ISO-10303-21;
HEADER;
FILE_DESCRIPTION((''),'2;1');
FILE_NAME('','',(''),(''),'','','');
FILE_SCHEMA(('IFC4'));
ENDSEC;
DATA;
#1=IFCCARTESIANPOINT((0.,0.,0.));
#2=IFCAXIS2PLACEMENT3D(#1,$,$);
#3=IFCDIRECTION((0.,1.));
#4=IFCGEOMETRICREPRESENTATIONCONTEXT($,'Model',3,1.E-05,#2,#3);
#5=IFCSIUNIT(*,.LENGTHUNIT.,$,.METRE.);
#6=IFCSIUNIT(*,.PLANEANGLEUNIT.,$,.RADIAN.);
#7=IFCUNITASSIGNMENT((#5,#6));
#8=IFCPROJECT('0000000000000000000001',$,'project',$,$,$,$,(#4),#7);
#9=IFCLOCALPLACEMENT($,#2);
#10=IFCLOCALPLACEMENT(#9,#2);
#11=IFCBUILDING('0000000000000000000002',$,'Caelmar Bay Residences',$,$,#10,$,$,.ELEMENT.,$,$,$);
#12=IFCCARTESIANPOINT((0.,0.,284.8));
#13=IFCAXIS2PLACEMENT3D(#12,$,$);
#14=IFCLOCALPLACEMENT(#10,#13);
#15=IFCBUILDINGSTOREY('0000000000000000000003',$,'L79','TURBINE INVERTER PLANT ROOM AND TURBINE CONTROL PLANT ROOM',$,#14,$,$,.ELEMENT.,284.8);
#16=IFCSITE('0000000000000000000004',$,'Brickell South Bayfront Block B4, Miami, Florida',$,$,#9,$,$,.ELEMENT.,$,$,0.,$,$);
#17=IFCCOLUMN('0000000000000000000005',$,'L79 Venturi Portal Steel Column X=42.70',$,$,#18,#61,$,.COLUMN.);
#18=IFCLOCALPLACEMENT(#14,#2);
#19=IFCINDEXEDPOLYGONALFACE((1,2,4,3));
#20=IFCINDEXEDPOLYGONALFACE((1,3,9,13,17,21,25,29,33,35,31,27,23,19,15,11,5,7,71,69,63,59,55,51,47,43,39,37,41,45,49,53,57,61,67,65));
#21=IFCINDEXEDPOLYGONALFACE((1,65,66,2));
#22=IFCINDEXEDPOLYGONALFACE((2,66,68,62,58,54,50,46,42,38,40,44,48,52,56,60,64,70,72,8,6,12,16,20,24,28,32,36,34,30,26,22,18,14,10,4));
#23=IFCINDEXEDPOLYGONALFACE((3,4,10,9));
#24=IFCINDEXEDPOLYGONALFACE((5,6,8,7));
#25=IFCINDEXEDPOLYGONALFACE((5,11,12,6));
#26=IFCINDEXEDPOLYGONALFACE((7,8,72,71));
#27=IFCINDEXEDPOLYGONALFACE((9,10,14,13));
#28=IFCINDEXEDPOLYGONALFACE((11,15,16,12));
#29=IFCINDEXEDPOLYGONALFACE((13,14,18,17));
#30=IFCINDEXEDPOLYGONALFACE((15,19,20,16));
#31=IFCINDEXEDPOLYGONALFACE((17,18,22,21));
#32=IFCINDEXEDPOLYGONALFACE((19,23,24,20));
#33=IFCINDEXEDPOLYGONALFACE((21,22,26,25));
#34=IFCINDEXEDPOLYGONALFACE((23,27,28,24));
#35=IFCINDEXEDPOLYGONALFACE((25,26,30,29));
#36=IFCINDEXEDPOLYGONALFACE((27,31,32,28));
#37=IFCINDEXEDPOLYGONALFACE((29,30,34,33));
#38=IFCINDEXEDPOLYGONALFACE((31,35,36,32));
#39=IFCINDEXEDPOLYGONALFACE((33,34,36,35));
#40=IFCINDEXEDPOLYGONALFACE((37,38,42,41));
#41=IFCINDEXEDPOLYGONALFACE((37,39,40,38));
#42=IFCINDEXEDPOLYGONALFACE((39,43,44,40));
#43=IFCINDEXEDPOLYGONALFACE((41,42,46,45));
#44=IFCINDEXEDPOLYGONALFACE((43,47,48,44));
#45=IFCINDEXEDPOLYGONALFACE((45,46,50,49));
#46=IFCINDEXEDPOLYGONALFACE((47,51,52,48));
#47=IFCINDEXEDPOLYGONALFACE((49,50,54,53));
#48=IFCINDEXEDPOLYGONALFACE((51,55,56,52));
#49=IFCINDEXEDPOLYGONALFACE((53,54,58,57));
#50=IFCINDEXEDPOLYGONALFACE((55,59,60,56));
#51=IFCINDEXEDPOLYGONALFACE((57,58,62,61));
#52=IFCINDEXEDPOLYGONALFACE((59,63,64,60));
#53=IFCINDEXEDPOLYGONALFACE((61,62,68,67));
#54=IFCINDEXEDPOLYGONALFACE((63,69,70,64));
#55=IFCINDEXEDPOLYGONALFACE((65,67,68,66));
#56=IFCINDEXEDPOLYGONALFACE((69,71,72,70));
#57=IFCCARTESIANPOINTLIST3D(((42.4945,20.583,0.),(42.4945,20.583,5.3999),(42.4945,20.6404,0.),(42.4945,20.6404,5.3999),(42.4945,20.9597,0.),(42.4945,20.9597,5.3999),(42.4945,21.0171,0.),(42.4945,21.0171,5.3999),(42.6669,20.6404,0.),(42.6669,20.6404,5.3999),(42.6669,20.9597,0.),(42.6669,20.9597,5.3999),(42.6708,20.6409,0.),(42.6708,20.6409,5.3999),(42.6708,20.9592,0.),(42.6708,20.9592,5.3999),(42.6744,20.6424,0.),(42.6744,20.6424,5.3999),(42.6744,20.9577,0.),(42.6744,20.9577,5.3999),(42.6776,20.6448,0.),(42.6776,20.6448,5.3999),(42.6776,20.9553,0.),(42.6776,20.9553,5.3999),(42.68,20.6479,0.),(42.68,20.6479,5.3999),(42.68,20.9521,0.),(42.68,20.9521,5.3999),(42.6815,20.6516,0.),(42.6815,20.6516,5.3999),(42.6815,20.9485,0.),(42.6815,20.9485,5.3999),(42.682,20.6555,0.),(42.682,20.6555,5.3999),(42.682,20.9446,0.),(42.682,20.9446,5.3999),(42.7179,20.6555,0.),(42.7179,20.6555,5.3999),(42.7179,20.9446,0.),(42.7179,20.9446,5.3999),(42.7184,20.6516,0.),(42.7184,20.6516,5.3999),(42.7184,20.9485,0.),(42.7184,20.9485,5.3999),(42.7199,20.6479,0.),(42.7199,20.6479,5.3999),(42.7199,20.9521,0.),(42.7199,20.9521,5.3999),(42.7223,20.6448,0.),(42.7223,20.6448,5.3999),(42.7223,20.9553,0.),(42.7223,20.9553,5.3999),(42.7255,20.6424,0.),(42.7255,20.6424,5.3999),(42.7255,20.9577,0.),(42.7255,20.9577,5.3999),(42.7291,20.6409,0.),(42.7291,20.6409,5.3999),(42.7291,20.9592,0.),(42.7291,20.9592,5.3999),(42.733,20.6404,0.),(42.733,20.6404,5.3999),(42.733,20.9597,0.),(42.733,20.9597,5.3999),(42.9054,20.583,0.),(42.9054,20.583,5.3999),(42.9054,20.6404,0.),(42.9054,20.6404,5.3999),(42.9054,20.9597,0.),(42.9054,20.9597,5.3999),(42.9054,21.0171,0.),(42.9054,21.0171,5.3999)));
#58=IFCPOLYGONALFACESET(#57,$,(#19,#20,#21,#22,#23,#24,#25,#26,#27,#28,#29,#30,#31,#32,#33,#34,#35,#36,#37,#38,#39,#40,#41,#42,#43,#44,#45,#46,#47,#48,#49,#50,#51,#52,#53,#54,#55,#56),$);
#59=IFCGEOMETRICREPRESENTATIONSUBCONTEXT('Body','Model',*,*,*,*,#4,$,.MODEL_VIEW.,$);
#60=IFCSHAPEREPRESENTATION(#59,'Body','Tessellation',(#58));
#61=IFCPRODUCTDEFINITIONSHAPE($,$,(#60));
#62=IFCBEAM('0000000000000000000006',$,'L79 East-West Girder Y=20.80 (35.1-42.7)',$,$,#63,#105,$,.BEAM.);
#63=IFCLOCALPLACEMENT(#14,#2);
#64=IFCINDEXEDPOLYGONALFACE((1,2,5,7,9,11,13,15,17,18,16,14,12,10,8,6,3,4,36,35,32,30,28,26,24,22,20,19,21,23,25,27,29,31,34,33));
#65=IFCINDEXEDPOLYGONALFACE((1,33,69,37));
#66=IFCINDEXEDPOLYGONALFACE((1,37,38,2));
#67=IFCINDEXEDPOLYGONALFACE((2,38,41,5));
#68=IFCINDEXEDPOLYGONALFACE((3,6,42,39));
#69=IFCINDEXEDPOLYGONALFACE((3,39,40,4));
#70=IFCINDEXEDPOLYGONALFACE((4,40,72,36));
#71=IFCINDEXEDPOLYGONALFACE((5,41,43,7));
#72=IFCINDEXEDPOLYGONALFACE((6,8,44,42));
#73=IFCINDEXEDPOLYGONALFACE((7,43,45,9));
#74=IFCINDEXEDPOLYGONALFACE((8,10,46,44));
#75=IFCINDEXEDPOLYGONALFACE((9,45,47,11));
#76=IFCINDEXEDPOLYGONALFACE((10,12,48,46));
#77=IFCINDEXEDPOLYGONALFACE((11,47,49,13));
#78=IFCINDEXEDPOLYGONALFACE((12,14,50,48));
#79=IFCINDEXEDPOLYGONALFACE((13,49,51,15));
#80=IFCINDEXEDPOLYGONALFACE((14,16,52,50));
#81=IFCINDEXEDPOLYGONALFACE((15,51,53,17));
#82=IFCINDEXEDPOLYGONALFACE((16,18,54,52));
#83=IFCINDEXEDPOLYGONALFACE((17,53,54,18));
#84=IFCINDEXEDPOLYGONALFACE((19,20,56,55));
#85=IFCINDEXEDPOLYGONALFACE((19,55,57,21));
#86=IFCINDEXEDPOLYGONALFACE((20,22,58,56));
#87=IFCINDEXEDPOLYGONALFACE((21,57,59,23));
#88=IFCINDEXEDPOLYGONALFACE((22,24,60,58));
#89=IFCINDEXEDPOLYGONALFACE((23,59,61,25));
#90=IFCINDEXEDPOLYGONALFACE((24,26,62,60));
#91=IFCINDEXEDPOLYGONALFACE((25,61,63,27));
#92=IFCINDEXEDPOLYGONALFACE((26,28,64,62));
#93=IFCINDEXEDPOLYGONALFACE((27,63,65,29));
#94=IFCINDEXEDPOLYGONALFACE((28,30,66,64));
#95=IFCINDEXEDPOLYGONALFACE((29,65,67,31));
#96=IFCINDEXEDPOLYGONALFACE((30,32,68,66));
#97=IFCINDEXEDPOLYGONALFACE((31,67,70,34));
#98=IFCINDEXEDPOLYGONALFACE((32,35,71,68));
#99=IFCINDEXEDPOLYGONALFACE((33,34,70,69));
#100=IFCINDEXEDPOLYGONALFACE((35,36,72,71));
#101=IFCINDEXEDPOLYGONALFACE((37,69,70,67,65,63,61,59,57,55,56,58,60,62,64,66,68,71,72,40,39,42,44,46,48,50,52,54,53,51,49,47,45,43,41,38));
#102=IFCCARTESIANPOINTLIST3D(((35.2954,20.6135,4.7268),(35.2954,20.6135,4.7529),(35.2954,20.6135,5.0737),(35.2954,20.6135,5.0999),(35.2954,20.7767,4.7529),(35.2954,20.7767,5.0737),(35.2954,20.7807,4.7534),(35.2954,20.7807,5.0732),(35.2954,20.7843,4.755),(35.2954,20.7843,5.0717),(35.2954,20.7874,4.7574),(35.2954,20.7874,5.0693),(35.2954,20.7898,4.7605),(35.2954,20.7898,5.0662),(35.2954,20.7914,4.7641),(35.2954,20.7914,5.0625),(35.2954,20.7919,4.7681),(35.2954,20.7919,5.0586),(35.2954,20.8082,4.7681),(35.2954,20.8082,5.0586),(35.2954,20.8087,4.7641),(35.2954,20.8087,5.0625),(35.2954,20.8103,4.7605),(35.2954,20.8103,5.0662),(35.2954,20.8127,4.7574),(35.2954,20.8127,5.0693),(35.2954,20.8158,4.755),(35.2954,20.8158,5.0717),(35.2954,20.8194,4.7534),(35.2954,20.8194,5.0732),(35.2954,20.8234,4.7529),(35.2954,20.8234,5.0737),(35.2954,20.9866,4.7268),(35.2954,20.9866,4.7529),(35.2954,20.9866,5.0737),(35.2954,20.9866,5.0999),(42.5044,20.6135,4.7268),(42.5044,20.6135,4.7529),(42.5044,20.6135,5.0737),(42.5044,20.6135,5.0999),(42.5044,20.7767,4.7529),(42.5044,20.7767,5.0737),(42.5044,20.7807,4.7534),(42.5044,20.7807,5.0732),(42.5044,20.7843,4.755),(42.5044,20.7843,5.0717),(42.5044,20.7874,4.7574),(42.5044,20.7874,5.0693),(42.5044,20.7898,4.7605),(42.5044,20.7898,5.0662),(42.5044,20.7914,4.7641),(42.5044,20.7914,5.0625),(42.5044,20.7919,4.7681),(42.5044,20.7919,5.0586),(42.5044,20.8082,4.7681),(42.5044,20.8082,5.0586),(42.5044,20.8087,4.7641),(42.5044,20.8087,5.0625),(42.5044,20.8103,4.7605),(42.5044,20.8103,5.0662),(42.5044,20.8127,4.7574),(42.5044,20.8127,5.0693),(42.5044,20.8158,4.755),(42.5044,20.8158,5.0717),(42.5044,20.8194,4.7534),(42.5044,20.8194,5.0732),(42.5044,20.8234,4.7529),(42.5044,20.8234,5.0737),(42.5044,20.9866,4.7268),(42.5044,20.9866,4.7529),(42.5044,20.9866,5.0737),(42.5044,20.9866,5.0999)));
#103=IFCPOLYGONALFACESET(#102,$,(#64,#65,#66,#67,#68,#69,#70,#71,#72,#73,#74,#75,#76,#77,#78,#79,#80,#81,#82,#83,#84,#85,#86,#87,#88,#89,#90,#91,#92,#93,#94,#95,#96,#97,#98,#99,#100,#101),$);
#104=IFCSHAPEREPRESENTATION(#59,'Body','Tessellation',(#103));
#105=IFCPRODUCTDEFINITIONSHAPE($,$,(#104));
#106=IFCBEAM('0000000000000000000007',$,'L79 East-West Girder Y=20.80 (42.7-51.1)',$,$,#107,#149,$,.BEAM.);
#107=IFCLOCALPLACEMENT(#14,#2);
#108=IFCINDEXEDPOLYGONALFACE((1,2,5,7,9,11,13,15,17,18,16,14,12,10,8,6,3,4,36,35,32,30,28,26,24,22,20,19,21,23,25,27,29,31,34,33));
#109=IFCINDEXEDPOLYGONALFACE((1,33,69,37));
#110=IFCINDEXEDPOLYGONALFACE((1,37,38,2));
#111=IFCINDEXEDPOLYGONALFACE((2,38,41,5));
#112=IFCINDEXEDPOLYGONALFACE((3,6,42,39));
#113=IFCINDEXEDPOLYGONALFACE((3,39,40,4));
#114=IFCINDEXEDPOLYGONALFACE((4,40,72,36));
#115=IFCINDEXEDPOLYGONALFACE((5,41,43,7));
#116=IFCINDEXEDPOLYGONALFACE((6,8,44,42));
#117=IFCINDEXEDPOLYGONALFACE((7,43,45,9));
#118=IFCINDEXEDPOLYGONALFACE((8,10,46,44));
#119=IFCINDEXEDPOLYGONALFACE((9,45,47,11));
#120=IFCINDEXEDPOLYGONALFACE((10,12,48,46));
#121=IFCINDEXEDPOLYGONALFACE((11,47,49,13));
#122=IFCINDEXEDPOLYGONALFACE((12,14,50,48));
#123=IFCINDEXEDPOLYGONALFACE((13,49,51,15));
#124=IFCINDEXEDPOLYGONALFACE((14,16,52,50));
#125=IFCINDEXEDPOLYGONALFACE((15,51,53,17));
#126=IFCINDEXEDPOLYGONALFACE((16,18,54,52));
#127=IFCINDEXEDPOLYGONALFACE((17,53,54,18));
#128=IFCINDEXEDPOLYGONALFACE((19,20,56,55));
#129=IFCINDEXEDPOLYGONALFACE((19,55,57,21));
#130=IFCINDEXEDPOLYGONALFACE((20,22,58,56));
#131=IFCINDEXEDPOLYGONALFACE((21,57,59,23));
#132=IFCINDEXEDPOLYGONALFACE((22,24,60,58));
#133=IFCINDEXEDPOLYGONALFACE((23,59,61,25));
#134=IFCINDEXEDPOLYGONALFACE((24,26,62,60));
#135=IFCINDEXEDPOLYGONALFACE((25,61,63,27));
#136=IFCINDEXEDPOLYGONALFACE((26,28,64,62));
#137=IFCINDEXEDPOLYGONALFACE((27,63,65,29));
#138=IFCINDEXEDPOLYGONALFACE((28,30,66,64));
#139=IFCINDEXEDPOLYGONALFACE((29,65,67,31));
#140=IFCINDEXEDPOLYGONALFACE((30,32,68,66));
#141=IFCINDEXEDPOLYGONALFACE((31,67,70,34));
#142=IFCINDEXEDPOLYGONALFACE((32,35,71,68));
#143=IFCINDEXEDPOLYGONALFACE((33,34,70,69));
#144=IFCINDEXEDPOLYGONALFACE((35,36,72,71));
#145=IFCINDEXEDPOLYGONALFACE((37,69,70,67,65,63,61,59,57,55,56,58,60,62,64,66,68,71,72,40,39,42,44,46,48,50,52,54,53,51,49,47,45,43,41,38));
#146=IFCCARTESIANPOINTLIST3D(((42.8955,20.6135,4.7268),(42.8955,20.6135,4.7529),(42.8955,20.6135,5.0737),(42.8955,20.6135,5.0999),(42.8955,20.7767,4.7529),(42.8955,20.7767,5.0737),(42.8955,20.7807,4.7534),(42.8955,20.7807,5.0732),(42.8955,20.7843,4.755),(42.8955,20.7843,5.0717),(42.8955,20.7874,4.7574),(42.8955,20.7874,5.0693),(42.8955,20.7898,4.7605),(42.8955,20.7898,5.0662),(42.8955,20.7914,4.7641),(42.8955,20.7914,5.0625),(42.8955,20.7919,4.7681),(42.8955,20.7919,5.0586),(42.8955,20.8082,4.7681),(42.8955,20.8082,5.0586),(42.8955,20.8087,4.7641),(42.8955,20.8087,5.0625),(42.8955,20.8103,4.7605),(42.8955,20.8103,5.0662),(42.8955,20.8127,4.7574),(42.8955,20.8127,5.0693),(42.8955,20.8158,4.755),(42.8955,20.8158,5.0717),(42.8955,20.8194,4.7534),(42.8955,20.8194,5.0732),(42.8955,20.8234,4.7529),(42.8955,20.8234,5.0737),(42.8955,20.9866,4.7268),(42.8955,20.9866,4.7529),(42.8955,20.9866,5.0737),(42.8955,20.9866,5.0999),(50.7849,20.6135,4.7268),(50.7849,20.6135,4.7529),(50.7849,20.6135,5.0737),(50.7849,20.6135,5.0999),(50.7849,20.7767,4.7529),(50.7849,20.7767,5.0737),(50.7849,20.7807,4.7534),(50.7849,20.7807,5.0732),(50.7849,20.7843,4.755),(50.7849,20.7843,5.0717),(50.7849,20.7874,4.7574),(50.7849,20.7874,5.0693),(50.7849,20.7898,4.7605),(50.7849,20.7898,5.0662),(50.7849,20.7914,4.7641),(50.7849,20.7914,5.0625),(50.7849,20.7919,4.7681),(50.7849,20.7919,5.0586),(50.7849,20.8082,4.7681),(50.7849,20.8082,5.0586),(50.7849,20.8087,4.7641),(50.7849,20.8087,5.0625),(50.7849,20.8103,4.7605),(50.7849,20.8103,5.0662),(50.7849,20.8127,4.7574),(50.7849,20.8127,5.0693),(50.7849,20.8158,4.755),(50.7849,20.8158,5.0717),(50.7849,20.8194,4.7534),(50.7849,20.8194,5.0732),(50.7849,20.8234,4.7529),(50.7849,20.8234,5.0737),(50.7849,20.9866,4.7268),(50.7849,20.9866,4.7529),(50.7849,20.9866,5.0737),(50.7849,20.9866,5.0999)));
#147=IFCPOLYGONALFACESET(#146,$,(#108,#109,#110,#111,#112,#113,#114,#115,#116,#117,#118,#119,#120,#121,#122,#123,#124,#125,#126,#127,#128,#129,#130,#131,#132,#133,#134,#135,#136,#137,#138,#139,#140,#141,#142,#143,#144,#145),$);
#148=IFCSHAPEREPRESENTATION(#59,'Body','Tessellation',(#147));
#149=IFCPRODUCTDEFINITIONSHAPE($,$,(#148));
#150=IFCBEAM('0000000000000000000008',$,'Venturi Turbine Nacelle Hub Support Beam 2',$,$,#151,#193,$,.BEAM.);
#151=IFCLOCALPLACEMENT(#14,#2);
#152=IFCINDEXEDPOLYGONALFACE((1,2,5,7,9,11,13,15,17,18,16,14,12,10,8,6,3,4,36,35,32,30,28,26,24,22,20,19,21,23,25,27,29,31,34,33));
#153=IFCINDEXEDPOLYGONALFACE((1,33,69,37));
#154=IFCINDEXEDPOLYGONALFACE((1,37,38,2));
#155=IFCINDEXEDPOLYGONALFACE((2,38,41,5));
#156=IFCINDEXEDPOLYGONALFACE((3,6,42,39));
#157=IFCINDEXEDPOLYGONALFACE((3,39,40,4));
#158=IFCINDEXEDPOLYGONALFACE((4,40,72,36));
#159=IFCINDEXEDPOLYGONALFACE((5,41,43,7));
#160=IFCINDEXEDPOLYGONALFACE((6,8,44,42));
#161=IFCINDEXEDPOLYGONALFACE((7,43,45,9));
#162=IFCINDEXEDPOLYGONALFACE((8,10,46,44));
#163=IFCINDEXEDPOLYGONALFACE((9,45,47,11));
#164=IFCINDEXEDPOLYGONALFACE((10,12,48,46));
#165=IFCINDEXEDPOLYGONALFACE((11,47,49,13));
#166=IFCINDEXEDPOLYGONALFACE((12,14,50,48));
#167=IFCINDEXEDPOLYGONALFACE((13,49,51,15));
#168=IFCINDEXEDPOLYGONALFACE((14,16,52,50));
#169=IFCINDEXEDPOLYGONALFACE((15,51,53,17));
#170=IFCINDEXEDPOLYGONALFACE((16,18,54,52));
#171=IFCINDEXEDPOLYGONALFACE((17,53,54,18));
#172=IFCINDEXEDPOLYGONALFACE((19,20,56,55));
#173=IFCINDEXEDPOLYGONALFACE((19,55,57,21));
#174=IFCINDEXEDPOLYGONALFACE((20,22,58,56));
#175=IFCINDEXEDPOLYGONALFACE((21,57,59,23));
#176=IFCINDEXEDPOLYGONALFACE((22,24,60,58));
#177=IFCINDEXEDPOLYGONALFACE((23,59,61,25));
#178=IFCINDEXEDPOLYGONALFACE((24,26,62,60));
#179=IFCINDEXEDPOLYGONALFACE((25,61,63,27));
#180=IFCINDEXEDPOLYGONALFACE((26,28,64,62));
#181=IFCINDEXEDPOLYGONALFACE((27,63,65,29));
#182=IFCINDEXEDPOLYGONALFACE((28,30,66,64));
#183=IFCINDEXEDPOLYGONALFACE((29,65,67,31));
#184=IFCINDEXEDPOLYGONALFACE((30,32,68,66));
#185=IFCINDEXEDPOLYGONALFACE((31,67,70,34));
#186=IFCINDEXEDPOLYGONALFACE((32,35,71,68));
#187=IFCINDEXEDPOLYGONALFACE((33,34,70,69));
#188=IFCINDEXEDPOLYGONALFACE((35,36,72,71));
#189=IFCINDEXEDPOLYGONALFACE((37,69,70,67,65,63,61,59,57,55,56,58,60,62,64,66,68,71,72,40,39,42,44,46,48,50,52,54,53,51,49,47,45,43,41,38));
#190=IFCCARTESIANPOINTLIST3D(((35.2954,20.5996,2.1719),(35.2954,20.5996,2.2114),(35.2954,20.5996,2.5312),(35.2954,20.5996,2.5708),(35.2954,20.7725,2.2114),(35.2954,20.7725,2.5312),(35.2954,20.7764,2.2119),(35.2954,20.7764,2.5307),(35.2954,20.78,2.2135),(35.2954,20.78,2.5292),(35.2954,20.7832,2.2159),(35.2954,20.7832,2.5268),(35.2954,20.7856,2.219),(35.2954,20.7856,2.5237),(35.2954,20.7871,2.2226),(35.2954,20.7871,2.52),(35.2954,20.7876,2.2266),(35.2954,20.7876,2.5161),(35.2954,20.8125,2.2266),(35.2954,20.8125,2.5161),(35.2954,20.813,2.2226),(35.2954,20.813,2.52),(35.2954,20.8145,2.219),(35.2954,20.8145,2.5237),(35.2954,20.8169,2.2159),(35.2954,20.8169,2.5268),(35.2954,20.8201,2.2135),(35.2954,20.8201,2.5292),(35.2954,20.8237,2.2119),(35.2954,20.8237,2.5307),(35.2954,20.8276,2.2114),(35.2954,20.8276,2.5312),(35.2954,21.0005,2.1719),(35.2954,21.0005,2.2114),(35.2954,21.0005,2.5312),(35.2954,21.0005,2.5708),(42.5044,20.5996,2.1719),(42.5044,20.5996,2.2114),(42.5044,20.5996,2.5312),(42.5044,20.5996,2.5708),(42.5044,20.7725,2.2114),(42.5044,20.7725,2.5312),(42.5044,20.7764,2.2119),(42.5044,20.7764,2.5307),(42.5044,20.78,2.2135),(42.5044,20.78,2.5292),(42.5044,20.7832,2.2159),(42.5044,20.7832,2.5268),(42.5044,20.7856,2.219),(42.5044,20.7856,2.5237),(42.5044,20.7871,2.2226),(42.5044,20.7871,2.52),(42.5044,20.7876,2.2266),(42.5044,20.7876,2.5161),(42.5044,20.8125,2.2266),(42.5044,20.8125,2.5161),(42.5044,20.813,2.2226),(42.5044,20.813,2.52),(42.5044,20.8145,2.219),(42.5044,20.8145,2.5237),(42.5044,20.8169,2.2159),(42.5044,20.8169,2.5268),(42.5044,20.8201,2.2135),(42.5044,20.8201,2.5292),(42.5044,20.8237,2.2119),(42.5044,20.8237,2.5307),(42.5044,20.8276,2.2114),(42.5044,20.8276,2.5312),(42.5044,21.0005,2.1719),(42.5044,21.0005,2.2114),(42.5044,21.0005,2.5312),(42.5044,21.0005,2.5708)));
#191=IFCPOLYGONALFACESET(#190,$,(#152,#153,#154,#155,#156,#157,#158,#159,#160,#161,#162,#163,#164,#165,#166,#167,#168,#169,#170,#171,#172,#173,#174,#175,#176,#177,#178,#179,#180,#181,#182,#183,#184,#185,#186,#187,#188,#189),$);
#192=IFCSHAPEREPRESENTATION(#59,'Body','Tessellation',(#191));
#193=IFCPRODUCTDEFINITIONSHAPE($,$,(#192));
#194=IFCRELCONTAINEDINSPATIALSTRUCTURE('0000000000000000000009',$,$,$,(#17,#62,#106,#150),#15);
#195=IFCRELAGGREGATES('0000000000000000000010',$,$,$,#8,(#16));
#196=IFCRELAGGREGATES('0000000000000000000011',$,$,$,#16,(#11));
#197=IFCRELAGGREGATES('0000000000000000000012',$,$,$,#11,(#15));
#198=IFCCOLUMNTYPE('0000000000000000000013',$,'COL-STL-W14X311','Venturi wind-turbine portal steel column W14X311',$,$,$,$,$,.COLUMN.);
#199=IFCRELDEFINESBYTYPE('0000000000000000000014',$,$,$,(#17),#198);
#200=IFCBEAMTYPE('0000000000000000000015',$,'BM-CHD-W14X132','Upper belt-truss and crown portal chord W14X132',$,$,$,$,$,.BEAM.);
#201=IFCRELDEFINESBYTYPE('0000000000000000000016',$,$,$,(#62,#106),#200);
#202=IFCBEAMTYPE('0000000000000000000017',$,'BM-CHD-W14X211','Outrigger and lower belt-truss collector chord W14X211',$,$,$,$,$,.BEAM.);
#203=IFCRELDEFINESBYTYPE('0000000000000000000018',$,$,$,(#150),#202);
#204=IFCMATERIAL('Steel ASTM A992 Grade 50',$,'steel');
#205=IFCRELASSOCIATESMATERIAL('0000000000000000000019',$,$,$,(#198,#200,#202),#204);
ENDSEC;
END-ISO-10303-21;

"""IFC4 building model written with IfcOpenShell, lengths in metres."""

from ifc_helpers import new_model, si_unit, direction, frame, origin, origin_2d, place, context, subcontext, project, spatial, i_section, extrude, material, material_profile, profile_set, type_object, element, save


model = new_model("IFC4")

# Units and contexts
model_context = context("Model", 3, precision=1e-05, world=origin(), true_north=direction((0.0, 1.0)))
body_context = subcontext(model_context, "Body", "Model", "MODEL_VIEW")
ifc_project = project(units=[si_unit("LENGTHUNIT", "METRE"), si_unit("PLANEANGLEUNIT", "RADIAN")], contexts=[model_context])

# Site, building, storey
site_placement = place(None, origin())
site = spatial("IfcSite", under=ifc_project, at=site_placement, Name="Brickell South Bayfront Block B4, Miami, Florida", CompositionType="ELEMENT", RefElevation=0.0)
building_placement = place(site_placement, origin())
building = spatial("IfcBuilding", under=site, at=building_placement, Name="Caelmar Bay Residences", CompositionType="ELEMENT")
storey_placement = place(building_placement, frame((0.0, 0.0, 284.8)))
storey = spatial("IfcBuildingStorey", under=building, at=storey_placement, Name="L79", Description="TURBINE INVERTER PLANT ROOM AND TURBINE CONTROL PLANT ROOM", CompositionType="ELEMENT", Elevation=284.8)

# Column
ifc_material_1 = material(Name="Steel ASTM A992 Grade 50", Category="steel")
ifc_material_profile_1 = material_profile(ifc_material_1, i_section(OverallWidth=0.4109, OverallDepth=0.4341, WebThickness=0.0359, FlangeThickness=0.0574, FilletRadius=0.0151, at=origin_2d()), Name="W14X311")
ifc_profile_set_1 = profile_set([ifc_material_profile_1], Name="Steel ASTM A992 Grade 50")
column_type = type_object("IfcColumnType", Name="COL-STL-W14X311", Description="Venturi wind-turbine portal steel column W14X311", PredefinedType="COLUMN", material=ifc_profile_set_1)
column_placement = place(storey_placement, frame((42.7, 20.8, 0.0), z_axis=(0.0, 0.0, 1.0), x_axis=(1.0, 0.0, 0.0)))
element("IfcColumn", 1, at=column_placement, inside=storey, type_object=column_type, Name="L79 Venturi Portal Steel Column X=42.70", PredefinedType="COLUMN", context=body_context, shape_type="SweptSolid", body=[
    extrude(i_section(OverallWidth=0.4109, OverallDepth=0.4341, WebThickness=0.0359, FlangeThickness=0.0574, FilletRadius=0.0151, at=origin_2d()), origin(), (0.0, 0.0, 1.0), 5.3999),
])

# Beams
ifc_material_profile_2 = material_profile(ifc_material_1, i_section(OverallWidth=0.373, OverallDepth=0.373, WebThickness=0.0164, FlangeThickness=0.0261, FilletRadius=0.0151, at=origin_2d()), Name="W14X132")
ifc_profile_set_2 = profile_set([ifc_material_profile_2], Name="Steel ASTM A992 Grade 50")
beam_type_1 = type_object("IfcBeamType", Name="BM-CHD-W14X132", Description="Upper belt-truss and crown portal chord W14X132", PredefinedType="BEAM", material=ifc_profile_set_2)
beam_1_placement = place(storey_placement, frame((35.2954, 20.8, 4.9133), z_axis=(1.0, 0.0, 0.0), x_axis=(0.0, 1.0, 0.0)))
element("IfcBeam", 2, at=beam_1_placement, inside=storey, type_object=beam_type_1, Name="L79 East-West Girder Y=20.80 (35.1-42.7)", PredefinedType="BEAM", context=body_context, shape_type="SweptSolid", body=[
    extrude(i_section(OverallWidth=0.373, OverallDepth=0.373, WebThickness=0.0164, FlangeThickness=0.0261, FilletRadius=0.0151, at=origin_2d()), origin(), (0.0, 0.0, 1.0), 7.209),
])
beam_2_placement = place(storey_placement, frame((42.8955, 20.8, 4.9133), z_axis=(1.0, 0.0, 0.0), x_axis=(0.0, 1.0, 0.0)))
element("IfcBeam", 3, at=beam_2_placement, inside=storey, type_object=beam_type_1, Name="L79 East-West Girder Y=20.80 (42.7-51.1)", PredefinedType="BEAM", context=body_context, shape_type="SweptSolid", body=[
    extrude(i_section(OverallWidth=0.373, OverallDepth=0.373, WebThickness=0.0164, FlangeThickness=0.0261, FilletRadius=0.0151, at=origin_2d()), origin(), (0.0, 0.0, 1.0), 7.8894),
])
ifc_material_profile_3 = material_profile(ifc_material_1, i_section(OverallWidth=0.4009, OverallDepth=0.3989, WebThickness=0.0249, FlangeThickness=0.0396, FilletRadius=0.0151, at=origin_2d()), Name="W14X211")
ifc_profile_set_3 = profile_set([ifc_material_profile_3], Name="Steel ASTM A992 Grade 50")
beam_type_2 = type_object("IfcBeamType", Name="BM-CHD-W14X211", Description="Outrigger and lower belt-truss collector chord W14X211", PredefinedType="BEAM", material=ifc_profile_set_3)
beam_3_placement = place(storey_placement, frame((35.2954, 20.8, 2.3713), z_axis=(1.0, 0.0, 0.0), x_axis=(0.0, 1.0, 0.0)))
element("IfcBeam", 4, at=beam_3_placement, inside=storey, type_object=beam_type_2, Name="Venturi Turbine Nacelle Hub Support Beam 2", PredefinedType="BEAM", context=body_context, shape_type="SweptSolid", body=[
    extrude(i_section(OverallWidth=0.4009, OverallDepth=0.3989, WebThickness=0.0249, FlangeThickness=0.0396, FilletRadius=0.0151, at=origin_2d()), origin(), (0.0, 0.0, 1.0), 7.209),
])

save(model, "model.ifc")
